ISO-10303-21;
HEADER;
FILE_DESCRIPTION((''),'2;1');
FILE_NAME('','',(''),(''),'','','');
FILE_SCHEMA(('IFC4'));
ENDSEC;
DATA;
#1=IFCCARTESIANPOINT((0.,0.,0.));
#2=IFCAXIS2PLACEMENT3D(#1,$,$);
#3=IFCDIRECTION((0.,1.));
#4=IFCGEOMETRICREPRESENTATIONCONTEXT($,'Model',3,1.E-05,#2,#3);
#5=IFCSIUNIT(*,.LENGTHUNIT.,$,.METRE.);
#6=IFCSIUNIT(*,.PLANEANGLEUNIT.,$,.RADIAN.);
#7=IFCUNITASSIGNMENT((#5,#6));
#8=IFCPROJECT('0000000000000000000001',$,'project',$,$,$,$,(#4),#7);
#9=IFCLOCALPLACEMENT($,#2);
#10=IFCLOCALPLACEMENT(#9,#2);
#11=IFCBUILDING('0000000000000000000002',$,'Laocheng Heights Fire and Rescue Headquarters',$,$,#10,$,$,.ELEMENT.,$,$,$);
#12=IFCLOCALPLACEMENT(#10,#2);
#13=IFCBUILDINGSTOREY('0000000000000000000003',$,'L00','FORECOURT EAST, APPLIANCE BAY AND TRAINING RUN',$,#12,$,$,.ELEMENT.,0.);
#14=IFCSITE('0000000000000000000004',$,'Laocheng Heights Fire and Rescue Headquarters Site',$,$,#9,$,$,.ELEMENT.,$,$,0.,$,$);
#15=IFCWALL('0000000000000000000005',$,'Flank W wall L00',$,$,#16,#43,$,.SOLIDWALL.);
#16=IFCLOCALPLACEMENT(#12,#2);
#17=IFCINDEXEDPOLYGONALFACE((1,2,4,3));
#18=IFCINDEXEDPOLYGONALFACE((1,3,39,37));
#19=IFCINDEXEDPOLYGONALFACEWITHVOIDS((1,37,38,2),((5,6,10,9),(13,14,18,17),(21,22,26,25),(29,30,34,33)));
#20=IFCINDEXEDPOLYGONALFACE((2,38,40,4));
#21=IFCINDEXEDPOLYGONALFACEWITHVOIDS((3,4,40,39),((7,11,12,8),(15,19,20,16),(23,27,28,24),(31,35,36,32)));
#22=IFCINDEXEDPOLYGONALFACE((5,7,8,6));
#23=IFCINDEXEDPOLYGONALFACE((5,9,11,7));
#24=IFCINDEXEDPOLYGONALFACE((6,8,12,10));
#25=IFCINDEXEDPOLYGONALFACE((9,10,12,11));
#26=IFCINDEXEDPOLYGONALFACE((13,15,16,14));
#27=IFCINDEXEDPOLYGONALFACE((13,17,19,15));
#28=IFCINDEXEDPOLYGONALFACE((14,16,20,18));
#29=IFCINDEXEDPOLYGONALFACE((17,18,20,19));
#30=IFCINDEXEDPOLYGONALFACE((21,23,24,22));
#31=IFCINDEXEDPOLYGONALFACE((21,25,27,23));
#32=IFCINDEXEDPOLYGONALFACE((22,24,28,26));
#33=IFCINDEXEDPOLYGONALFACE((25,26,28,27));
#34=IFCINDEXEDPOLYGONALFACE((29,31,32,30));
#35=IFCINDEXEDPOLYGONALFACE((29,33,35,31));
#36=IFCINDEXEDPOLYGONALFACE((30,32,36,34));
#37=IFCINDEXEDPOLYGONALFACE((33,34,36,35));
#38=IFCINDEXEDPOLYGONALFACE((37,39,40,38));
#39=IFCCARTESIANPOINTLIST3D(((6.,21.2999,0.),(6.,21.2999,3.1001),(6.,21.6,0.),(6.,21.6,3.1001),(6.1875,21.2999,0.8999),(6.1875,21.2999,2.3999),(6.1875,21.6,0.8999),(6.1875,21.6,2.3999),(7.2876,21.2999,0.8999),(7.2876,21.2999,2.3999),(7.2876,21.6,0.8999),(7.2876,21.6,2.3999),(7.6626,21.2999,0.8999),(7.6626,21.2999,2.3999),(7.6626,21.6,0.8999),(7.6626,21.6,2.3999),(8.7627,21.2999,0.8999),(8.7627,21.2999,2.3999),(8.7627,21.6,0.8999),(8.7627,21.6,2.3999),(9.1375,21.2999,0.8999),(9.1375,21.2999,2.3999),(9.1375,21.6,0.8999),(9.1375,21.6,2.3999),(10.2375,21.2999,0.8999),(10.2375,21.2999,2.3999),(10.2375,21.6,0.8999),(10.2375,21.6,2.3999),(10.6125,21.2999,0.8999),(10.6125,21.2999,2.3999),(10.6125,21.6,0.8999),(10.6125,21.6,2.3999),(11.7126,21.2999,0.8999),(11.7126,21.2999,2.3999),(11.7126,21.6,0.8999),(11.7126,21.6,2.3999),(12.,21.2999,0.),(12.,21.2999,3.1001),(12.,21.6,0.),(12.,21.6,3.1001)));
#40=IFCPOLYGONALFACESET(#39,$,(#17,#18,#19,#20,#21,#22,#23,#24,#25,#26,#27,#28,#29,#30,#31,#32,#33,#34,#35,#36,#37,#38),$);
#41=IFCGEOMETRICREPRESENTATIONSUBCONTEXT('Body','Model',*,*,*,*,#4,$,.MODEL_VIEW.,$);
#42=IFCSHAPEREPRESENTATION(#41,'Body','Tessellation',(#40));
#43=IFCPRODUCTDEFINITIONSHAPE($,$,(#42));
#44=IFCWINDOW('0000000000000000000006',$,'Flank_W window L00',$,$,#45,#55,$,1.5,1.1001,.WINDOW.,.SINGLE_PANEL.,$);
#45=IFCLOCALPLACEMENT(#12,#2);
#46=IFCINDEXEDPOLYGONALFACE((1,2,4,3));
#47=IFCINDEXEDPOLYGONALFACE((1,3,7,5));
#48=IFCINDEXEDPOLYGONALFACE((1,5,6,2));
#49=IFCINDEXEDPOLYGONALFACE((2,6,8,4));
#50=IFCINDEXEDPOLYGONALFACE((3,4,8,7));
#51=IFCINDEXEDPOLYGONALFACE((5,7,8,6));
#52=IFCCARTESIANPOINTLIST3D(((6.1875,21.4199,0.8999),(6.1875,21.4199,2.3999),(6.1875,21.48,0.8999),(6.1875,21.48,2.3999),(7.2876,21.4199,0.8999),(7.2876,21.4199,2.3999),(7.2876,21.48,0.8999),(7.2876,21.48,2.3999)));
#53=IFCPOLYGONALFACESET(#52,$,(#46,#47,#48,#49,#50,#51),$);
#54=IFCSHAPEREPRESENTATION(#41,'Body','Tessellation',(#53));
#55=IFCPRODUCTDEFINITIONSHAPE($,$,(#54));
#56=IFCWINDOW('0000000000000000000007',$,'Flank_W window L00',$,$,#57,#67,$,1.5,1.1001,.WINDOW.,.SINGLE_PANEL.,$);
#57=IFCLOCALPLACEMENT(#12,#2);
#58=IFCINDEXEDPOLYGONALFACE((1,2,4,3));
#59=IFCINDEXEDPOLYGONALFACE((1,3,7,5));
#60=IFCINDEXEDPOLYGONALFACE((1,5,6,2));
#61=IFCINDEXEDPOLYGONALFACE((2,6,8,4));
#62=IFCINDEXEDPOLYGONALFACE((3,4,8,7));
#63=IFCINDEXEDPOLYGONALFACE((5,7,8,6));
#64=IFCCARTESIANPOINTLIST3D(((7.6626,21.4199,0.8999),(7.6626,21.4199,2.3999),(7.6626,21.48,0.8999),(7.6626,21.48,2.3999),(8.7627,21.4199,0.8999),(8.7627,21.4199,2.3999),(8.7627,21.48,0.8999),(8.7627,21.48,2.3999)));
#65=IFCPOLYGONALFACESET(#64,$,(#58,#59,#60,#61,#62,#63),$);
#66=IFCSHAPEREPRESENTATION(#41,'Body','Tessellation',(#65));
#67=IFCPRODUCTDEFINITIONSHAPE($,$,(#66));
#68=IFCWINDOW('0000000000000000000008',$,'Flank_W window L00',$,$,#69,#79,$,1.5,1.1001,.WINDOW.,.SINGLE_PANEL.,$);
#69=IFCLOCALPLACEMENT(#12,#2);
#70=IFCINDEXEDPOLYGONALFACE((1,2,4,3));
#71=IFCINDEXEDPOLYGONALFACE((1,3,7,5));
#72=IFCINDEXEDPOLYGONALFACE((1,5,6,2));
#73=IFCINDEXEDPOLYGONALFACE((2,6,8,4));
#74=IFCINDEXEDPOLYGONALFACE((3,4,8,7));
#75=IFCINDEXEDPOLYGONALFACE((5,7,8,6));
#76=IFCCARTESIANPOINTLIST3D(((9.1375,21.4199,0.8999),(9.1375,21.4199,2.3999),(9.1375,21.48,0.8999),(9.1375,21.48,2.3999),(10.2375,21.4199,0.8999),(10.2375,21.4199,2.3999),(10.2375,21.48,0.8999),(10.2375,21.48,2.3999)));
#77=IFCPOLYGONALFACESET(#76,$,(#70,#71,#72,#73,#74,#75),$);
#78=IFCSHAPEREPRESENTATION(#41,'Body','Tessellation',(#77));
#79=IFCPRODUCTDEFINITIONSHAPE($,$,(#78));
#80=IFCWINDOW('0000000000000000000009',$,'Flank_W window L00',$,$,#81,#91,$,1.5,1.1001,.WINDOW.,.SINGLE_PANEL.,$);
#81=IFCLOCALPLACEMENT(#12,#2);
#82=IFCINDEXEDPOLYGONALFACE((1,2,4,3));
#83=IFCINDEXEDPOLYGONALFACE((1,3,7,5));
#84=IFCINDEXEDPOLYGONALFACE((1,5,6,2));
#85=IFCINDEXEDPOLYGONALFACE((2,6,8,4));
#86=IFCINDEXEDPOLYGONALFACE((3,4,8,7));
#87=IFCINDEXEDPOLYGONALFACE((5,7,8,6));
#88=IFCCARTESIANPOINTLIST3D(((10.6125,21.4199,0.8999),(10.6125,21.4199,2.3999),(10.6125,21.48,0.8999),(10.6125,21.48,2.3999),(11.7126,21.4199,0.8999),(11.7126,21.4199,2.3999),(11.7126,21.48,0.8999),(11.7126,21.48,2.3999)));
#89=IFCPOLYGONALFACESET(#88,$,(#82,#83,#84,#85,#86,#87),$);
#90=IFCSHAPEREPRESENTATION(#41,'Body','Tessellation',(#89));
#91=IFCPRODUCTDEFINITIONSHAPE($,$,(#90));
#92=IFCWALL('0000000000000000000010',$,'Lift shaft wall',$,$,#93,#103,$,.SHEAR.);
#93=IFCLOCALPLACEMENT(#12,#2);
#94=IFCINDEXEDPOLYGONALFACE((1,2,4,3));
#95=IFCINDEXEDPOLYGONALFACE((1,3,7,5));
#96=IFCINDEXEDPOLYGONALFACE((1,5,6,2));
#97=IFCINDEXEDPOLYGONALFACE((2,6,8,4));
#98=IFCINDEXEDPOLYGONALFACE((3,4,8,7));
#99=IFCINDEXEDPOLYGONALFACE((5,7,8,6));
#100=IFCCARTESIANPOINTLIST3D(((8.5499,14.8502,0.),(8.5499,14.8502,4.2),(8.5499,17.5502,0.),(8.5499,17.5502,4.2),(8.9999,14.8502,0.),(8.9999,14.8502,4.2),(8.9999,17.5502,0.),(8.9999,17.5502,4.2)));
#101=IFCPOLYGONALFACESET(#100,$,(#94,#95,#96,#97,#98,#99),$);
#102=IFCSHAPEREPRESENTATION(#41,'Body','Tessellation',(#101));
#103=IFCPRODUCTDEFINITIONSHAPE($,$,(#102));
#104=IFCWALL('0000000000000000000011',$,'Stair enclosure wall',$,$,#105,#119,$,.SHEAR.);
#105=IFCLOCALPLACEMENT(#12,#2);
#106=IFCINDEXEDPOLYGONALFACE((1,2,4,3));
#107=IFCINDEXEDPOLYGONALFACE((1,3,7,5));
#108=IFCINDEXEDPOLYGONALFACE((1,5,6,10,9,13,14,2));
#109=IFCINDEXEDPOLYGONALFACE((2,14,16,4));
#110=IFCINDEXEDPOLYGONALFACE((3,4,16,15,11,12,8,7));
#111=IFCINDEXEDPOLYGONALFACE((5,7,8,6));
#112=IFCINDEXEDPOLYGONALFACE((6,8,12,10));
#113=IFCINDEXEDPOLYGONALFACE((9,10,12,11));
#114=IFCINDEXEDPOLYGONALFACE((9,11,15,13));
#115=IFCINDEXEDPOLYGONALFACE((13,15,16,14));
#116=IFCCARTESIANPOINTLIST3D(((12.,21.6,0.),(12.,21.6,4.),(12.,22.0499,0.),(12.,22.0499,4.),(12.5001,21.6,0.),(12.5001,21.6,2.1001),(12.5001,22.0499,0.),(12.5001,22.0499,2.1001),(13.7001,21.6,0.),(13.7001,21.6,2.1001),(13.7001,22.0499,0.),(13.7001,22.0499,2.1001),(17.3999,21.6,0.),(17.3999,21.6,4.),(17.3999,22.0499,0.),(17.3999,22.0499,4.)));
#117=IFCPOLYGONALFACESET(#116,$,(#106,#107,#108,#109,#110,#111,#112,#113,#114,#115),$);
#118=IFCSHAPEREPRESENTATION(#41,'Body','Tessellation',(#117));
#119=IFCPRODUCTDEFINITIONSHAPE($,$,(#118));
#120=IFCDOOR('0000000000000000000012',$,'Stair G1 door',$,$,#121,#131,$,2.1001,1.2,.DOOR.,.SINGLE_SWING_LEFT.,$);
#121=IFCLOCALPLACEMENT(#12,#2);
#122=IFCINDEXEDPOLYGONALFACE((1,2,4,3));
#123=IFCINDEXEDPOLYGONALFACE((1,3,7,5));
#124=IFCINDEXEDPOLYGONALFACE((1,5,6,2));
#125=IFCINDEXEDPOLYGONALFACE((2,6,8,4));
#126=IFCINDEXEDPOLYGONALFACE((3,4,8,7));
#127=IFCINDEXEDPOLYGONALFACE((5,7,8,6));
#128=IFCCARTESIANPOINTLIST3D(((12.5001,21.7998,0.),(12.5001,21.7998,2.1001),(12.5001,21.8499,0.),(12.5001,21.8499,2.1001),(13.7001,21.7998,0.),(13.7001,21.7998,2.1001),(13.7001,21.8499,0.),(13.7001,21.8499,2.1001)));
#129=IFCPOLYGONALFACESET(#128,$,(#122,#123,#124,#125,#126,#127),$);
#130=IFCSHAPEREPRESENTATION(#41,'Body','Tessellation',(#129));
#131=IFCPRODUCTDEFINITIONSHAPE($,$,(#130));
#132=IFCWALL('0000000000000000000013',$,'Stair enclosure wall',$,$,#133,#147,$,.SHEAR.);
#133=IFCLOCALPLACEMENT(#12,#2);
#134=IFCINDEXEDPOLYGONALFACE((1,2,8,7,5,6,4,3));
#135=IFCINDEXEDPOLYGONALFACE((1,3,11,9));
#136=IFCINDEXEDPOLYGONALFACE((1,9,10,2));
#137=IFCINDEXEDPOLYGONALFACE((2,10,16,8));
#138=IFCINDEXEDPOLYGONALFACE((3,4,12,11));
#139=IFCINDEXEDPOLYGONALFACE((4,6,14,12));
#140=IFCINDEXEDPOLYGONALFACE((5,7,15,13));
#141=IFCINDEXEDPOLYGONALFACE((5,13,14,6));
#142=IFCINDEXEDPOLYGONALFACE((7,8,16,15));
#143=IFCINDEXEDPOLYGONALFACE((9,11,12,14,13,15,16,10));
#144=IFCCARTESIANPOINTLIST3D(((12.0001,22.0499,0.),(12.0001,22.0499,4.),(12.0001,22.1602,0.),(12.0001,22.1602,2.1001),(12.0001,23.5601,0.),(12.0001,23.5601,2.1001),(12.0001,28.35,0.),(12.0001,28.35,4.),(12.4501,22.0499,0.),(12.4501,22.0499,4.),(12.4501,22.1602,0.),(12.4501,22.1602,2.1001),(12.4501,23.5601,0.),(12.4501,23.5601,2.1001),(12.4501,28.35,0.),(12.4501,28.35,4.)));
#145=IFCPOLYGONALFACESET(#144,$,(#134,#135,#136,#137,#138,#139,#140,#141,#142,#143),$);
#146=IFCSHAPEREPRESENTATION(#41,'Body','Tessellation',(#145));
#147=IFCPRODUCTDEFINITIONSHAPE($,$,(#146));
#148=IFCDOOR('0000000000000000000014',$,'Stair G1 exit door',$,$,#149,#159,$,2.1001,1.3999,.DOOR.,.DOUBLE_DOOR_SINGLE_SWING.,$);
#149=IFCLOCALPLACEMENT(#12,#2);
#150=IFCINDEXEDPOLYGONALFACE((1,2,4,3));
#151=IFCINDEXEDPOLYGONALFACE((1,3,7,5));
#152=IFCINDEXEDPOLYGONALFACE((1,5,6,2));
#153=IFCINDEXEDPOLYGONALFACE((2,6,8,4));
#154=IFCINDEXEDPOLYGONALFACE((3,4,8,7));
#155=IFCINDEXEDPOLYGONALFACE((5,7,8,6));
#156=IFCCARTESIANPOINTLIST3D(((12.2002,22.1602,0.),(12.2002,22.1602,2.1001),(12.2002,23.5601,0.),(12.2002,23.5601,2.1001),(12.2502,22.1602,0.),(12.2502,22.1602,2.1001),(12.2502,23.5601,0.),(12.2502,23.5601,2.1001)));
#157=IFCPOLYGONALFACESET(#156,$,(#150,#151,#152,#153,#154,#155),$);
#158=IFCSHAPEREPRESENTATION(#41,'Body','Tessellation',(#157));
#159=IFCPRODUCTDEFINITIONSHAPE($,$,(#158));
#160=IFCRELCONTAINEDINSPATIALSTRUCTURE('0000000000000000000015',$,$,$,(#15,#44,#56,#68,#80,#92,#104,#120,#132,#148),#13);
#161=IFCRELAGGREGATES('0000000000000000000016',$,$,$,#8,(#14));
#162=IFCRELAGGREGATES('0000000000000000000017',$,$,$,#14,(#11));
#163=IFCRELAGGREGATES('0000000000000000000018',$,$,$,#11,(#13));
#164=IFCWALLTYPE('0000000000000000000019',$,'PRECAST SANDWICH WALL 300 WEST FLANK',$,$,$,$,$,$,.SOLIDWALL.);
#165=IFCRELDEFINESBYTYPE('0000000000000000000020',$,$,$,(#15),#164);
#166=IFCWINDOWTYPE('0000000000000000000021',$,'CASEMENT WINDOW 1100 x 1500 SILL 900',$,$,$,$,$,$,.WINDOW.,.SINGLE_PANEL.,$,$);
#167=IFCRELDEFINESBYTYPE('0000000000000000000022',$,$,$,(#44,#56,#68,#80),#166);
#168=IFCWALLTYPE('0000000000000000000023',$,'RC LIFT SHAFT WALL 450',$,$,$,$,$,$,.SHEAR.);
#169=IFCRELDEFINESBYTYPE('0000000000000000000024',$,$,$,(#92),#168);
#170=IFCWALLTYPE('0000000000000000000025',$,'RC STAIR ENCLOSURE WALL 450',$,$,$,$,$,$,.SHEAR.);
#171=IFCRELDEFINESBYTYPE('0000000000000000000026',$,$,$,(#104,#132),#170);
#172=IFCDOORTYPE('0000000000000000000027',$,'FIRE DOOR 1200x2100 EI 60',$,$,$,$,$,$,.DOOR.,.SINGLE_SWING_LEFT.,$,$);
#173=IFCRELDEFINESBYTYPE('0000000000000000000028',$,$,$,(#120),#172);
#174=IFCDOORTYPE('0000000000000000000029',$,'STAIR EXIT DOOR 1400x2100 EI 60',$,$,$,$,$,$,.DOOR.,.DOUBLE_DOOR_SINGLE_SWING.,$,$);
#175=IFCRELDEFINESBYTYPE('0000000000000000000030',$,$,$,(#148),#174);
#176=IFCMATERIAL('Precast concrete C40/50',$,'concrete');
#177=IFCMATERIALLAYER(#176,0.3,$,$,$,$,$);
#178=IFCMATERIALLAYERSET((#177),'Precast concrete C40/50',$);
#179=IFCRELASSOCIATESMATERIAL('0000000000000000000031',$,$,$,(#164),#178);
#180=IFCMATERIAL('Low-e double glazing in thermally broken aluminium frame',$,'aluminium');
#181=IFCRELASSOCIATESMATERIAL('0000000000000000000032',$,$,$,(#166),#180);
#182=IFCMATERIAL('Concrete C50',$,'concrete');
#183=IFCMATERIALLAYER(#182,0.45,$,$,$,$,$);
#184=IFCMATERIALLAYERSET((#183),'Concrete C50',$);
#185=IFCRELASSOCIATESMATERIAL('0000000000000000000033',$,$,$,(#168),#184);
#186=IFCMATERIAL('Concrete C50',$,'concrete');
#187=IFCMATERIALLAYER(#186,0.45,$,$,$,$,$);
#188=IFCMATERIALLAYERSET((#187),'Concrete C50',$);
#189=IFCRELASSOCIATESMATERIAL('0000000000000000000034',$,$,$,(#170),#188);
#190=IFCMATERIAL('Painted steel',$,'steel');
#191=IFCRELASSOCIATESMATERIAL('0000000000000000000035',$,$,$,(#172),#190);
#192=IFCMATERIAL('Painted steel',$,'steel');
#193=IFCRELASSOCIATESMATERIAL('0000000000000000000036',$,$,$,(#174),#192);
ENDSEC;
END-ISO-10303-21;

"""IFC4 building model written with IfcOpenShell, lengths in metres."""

from ifc_helpers import new_model, si_unit, direction, frame, frame_2d, origin, place, context, subcontext, project, spatial, rectangle, extrude, material, layer, layer_set, type_object, element, fill, save


model = new_model("IFC4")

# Units and contexts
model_context = context("Model", 3, precision=1e-05, world=origin(), true_north=direction((0.0, 1.0)))
body_context = subcontext(model_context, "Body", "Model", "MODEL_VIEW")
ifc_project = project(units=[si_unit("LENGTHUNIT", "METRE"), si_unit("PLANEANGLEUNIT", "RADIAN")], contexts=[model_context])

# Site, building, storey
site_placement = place(None, origin())
site = spatial("IfcSite", under=ifc_project, at=site_placement, Name="Laocheng Heights Fire and Rescue Headquarters Site", CompositionType="ELEMENT", RefElevation=0.0)
building_placement = place(site_placement, origin())
building = spatial("IfcBuilding", under=site, at=building_placement, Name="Laocheng Heights Fire and Rescue Headquarters", CompositionType="ELEMENT")
storey_placement = place(building_placement, origin())
storey = spatial("IfcBuildingStorey", under=building, at=storey_placement, Name="L00", Description="FORECOURT EAST, APPLIANCE BAY AND TRAINING RUN", CompositionType="ELEMENT", Elevation=0.0)

# Wall, openings, windows
ifc_material_1 = material(Name="Precast concrete C40/50", Category="concrete")
ifc_layer_1 = layer(ifc_material_1, 0.3)
ifc_layer_set_1 = layer_set([ifc_layer_1], Name="Precast concrete C40/50")
wall_type_1 = type_object("IfcWallType", Name="PRECAST SANDWICH WALL 300 WEST FLANK", PredefinedType="SOLIDWALL", material=ifc_layer_set_1)
wall_1_placement = place(storey_placement, frame((6.0, 21.45, 0.0), z_axis=(0.0, 0.0, 1.0), x_axis=(1.0, 0.0, 0.0)))
wall_1 = element("IfcWall", 1, at=wall_1_placement, inside=storey, type_object=wall_type_1, Name="Flank W wall L00", PredefinedType="SOLIDWALL", context=body_context, shape_type="SweptSolid", body=[
    extrude(rectangle(XDim=6.0, YDim=0.3, at=frame_2d((3.0, 0.0))), origin(), (0.0, 0.0, 1.0), 3.1001),
])
opening_1_placement = place(wall_1_placement, frame((0.1875, 0.0, 0.8999)))
opening_1 = element("IfcOpeningElement", 2, at=opening_1_placement, cuts=wall_1, PredefinedType="OPENING", context=body_context, shape_type="SweptSolid", body=[
    extrude(rectangle(XDim=1.1001, YDim=1.5, at=frame_2d((0.55, 0.75))), frame((0.0, 0.1599, 0.0), z_axis=(0.0, -1.0, 0.0), x_axis=(1.0, 0.0, 0.0)), (0.0, 0.0, 1.0), 0.3201),
])
opening_2_placement = place(wall_1_placement, frame((1.6626, 0.0, 0.8999)))
opening_2 = element("IfcOpeningElement", 3, at=opening_2_placement, cuts=wall_1, PredefinedType="OPENING", context=body_context, shape_type="SweptSolid", body=[
    extrude(rectangle(XDim=1.1001, YDim=1.5, at=frame_2d((0.55, 0.75))), frame((0.0, 0.1599, 0.0), z_axis=(0.0, -1.0, 0.0), x_axis=(1.0, 0.0, 0.0)), (0.0, 0.0, 1.0), 0.3201),
])
opening_3_placement = place(wall_1_placement, frame((3.1375, 0.0, 0.8999)))
opening_3 = element("IfcOpeningElement", 4, at=opening_3_placement, cuts=wall_1, PredefinedType="OPENING", context=body_context, shape_type="SweptSolid", body=[
    extrude(rectangle(XDim=1.1001, YDim=1.5, at=frame_2d((0.55, 0.75))), frame((0.0, 0.1599, 0.0), z_axis=(0.0, -1.0, 0.0), x_axis=(1.0, 0.0, 0.0)), (0.0, 0.0, 1.0), 0.3201),
])
opening_4_placement = place(wall_1_placement, frame((4.6125, 0.0, 0.8999)))
opening_4 = element("IfcOpeningElement", 5, at=opening_4_placement, cuts=wall_1, PredefinedType="OPENING", context=body_context, shape_type="SweptSolid", body=[
    extrude(rectangle(XDim=1.1001, YDim=1.5, at=frame_2d((0.55, 0.75))), frame((0.0, 0.1599, 0.0), z_axis=(0.0, -1.0, 0.0), x_axis=(1.0, 0.0, 0.0)), (0.0, 0.0, 1.0), 0.3201),
])
ifc_material_2 = material(Name="Low-e double glazing in thermally broken aluminium frame", Category="aluminium")
window_type = type_object("IfcWindowType", Name="CASEMENT WINDOW 1100 x 1500 SILL 900", PartitioningType="SINGLE_PANEL", PredefinedType="WINDOW", material=ifc_material_2)
window_1_placement = place(opening_1_placement, origin())
window_1 = element("IfcWindow", 6, at=window_1_placement, inside=storey, type_object=window_type, Name="Flank_W window L00", OverallHeight=1.5, OverallWidth=1.1001, PartitioningType="SINGLE_PANEL", PredefinedType="WINDOW", context=body_context, shape_type="SweptSolid", body=[
    extrude(rectangle(XDim=1.1001, YDim=1.5, at=frame_2d((0.55, 0.75))), frame((0.0, 0.03, 0.0), z_axis=(0.0, -1.0, 0.0), x_axis=(1.0, 0.0, 0.0)), (0.0, 0.0, 1.0), 0.0601),
])
fill(opening_1, window_1)
window_2_placement = place(opening_2_placement, origin())
window_2 = element("IfcWindow", 7, at=window_2_placement, inside=storey, type_object=window_type, Name="Flank_W window L00", OverallHeight=1.5, OverallWidth=1.1001, PartitioningType="SINGLE_PANEL", PredefinedType="WINDOW", context=body_context, shape_type="SweptSolid", body=[
    extrude(rectangle(XDim=1.1001, YDim=1.5, at=frame_2d((0.55, 0.75))), frame((0.0, 0.03, 0.0), z_axis=(0.0, -1.0, 0.0), x_axis=(1.0, 0.0, 0.0)), (0.0, 0.0, 1.0), 0.0601),
])
fill(opening_2, window_2)
window_3_placement = place(opening_3_placement, origin())
window_3 = element("IfcWindow", 8, at=window_3_placement, inside=storey, type_object=window_type, Name="Flank_W window L00", OverallHeight=1.5, OverallWidth=1.1001, PartitioningType="SINGLE_PANEL", PredefinedType="WINDOW", context=body_context, shape_type="SweptSolid", body=[
    extrude(rectangle(XDim=1.1001, YDim=1.5, at=frame_2d((0.55, 0.75))), frame((0.0, 0.03, 0.0), z_axis=(0.0, -1.0, 0.0), x_axis=(1.0, 0.0, 0.0)), (0.0, 0.0, 1.0), 0.0601),
])
fill(opening_3, window_3)
window_4_placement = place(opening_4_placement, origin())
window_4 = element("IfcWindow", 9, at=window_4_placement, inside=storey, type_object=window_type, Name="Flank_W window L00", OverallHeight=1.5, OverallWidth=1.1001, PartitioningType="SINGLE_PANEL", PredefinedType="WINDOW", context=body_context, shape_type="SweptSolid", body=[
    extrude(rectangle(XDim=1.1001, YDim=1.5, at=frame_2d((0.55, 0.75))), frame((0.0, 0.03, 0.0), z_axis=(0.0, -1.0, 0.0), x_axis=(1.0, 0.0, 0.0)), (0.0, 0.0, 1.0), 0.0601),
])
fill(opening_4, window_4)

# Wall
ifc_material_3 = material(Name="Concrete C50", Category="concrete")
ifc_layer_2 = layer(ifc_material_3, 0.45)
ifc_layer_set_2 = layer_set([ifc_layer_2], Name="Concrete C50")
wall_type_2 = type_object("IfcWallType", Name="RC LIFT SHAFT WALL 450", PredefinedType="SHEAR", material=ifc_layer_set_2)
wall_2_placement = place(storey_placement, frame((8.7749, 14.8501, 0.0), z_axis=(0.0, 0.0, 1.0), x_axis=(0.0, 1.0, 0.0)))
element("IfcWall", 10, at=wall_2_placement, inside=storey, type_object=wall_type_2, Name="Lift shaft wall", PredefinedType="SHEAR", context=body_context, shape_type="SweptSolid", body=[
    extrude(rectangle(XDim=2.7, YDim=0.45, at=frame_2d((1.3501, 0.0))), origin(), (0.0, 0.0, 1.0), 4.2),
])

# Walls, openings, doors
ifc_material_4 = material(Name="Concrete C50", Category="concrete")
ifc_layer_3 = layer(ifc_material_4, 0.45)
ifc_layer_set_3 = layer_set([ifc_layer_3], Name="Concrete C50")
wall_type_3 = type_object("IfcWallType", Name="RC STAIR ENCLOSURE WALL 450", PredefinedType="SHEAR", material=ifc_layer_set_3)
wall_3_placement = place(storey_placement, frame((12.0, 21.825, 0.0), z_axis=(0.0, 0.0, 1.0), x_axis=(1.0, 0.0, 0.0)))
wall_3 = element("IfcWall", 11, at=wall_3_placement, inside=storey, type_object=wall_type_3, Name="Stair enclosure wall", PredefinedType="SHEAR", context=body_context, shape_type="SweptSolid", body=[
    extrude(rectangle(XDim=5.3999, YDim=0.45, at=frame_2d((2.7, 0.0))), origin(), (0.0, 0.0, 1.0), 4.0),
])
opening_5_placement = place(wall_3_placement, frame((0.5, 0.0, 0.0)))
opening_5 = element("IfcOpeningElement", 12, at=opening_5_placement, cuts=wall_3, PredefinedType="OPENING", context=body_context, shape_type="SweptSolid", body=[
    extrude(rectangle(XDim=1.2, YDim=2.1001, at=frame_2d((0.6001, 1.05))), frame((0.0, 0.2349, 0.0), z_axis=(0.0, -1.0, 0.0), x_axis=(1.0, 0.0, 0.0)), (0.0, 0.0, 1.0), 0.47),
])
ifc_material_5 = material(Name="Painted steel", Category="steel")
door_type_1 = type_object("IfcDoorType", Name="FIRE DOOR 1200x2100 EI 60", OperationType="SINGLE_SWING_LEFT", PredefinedType="DOOR", material=ifc_material_5)
door_1_placement = place(opening_5_placement, origin())
door_1 = element("IfcDoor", 13, at=door_1_placement, inside=storey, type_object=door_type_1, Name="Stair G1 door", OperationType="SINGLE_SWING_LEFT", OverallHeight=2.1001, OverallWidth=1.2, PredefinedType="DOOR", context=body_context, shape_type="SweptSolid", body=[
    extrude(rectangle(XDim=1.2, YDim=2.1001, at=frame_2d((0.6001, 1.05))), frame((0.0, 0.0249, 0.0), z_axis=(0.0, -1.0, 0.0), x_axis=(1.0, 0.0, 0.0)), (0.0, 0.0, 1.0), 0.05),
])
fill(opening_5, door_1)
wall_4_placement = place(storey_placement, frame((12.2251, 22.05, 0.0), z_axis=(0.0, 0.0, 1.0), x_axis=(0.0, 1.0, 0.0)))
wall_4 = element("IfcWall", 14, at=wall_4_placement, inside=storey, type_object=wall_type_3, Name="Stair enclosure wall", PredefinedType="SHEAR", context=body_context, shape_type="SweptSolid", body=[
    extrude(rectangle(XDim=6.3, YDim=0.45, at=frame_2d((3.1499, 0.0))), origin(), (0.0, 0.0, 1.0), 4.0),
])
opening_6_placement = place(wall_4_placement, frame((0.1101, 0.0, 0.0)))
opening_6 = element("IfcOpeningElement", 15, at=opening_6_placement, cuts=wall_4, PredefinedType="OPENING", context=body_context, shape_type="SweptSolid", body=[
    extrude(rectangle(XDim=1.3999, YDim=2.1001, at=frame_2d((0.7, 1.05))), frame((0.0, 0.2349, 0.0), z_axis=(0.0, -1.0, 0.0), x_axis=(1.0, 0.0, 0.0)), (0.0, 0.0, 1.0), 0.47),
])
ifc_material_6 = material(Name="Painted steel", Category="steel")
door_type_2 = type_object("IfcDoorType", Name="STAIR EXIT DOOR 1400x2100 EI 60", OperationType="DOUBLE_DOOR_SINGLE_SWING", PredefinedType="DOOR", material=ifc_material_6)
door_2_placement = place(opening_6_placement, origin())
door_2 = element("IfcDoor", 16, at=door_2_placement, inside=storey, type_object=door_type_2, Name="Stair G1 exit door", OperationType="DOUBLE_DOOR_SINGLE_SWING", OverallHeight=2.1001, OverallWidth=1.3999, PredefinedType="DOOR", context=body_context, shape_type="SweptSolid", body=[
    extrude(rectangle(XDim=1.3999, YDim=2.1001, at=frame_2d((0.7, 1.05))), frame((0.0, 0.0249, 0.0), z_axis=(0.0, -1.0, 0.0), x_axis=(1.0, 0.0, 0.0)), (0.0, 0.0, 1.0), 0.05),
])
fill(opening_6, door_2)

save(model, "model.ifc")
